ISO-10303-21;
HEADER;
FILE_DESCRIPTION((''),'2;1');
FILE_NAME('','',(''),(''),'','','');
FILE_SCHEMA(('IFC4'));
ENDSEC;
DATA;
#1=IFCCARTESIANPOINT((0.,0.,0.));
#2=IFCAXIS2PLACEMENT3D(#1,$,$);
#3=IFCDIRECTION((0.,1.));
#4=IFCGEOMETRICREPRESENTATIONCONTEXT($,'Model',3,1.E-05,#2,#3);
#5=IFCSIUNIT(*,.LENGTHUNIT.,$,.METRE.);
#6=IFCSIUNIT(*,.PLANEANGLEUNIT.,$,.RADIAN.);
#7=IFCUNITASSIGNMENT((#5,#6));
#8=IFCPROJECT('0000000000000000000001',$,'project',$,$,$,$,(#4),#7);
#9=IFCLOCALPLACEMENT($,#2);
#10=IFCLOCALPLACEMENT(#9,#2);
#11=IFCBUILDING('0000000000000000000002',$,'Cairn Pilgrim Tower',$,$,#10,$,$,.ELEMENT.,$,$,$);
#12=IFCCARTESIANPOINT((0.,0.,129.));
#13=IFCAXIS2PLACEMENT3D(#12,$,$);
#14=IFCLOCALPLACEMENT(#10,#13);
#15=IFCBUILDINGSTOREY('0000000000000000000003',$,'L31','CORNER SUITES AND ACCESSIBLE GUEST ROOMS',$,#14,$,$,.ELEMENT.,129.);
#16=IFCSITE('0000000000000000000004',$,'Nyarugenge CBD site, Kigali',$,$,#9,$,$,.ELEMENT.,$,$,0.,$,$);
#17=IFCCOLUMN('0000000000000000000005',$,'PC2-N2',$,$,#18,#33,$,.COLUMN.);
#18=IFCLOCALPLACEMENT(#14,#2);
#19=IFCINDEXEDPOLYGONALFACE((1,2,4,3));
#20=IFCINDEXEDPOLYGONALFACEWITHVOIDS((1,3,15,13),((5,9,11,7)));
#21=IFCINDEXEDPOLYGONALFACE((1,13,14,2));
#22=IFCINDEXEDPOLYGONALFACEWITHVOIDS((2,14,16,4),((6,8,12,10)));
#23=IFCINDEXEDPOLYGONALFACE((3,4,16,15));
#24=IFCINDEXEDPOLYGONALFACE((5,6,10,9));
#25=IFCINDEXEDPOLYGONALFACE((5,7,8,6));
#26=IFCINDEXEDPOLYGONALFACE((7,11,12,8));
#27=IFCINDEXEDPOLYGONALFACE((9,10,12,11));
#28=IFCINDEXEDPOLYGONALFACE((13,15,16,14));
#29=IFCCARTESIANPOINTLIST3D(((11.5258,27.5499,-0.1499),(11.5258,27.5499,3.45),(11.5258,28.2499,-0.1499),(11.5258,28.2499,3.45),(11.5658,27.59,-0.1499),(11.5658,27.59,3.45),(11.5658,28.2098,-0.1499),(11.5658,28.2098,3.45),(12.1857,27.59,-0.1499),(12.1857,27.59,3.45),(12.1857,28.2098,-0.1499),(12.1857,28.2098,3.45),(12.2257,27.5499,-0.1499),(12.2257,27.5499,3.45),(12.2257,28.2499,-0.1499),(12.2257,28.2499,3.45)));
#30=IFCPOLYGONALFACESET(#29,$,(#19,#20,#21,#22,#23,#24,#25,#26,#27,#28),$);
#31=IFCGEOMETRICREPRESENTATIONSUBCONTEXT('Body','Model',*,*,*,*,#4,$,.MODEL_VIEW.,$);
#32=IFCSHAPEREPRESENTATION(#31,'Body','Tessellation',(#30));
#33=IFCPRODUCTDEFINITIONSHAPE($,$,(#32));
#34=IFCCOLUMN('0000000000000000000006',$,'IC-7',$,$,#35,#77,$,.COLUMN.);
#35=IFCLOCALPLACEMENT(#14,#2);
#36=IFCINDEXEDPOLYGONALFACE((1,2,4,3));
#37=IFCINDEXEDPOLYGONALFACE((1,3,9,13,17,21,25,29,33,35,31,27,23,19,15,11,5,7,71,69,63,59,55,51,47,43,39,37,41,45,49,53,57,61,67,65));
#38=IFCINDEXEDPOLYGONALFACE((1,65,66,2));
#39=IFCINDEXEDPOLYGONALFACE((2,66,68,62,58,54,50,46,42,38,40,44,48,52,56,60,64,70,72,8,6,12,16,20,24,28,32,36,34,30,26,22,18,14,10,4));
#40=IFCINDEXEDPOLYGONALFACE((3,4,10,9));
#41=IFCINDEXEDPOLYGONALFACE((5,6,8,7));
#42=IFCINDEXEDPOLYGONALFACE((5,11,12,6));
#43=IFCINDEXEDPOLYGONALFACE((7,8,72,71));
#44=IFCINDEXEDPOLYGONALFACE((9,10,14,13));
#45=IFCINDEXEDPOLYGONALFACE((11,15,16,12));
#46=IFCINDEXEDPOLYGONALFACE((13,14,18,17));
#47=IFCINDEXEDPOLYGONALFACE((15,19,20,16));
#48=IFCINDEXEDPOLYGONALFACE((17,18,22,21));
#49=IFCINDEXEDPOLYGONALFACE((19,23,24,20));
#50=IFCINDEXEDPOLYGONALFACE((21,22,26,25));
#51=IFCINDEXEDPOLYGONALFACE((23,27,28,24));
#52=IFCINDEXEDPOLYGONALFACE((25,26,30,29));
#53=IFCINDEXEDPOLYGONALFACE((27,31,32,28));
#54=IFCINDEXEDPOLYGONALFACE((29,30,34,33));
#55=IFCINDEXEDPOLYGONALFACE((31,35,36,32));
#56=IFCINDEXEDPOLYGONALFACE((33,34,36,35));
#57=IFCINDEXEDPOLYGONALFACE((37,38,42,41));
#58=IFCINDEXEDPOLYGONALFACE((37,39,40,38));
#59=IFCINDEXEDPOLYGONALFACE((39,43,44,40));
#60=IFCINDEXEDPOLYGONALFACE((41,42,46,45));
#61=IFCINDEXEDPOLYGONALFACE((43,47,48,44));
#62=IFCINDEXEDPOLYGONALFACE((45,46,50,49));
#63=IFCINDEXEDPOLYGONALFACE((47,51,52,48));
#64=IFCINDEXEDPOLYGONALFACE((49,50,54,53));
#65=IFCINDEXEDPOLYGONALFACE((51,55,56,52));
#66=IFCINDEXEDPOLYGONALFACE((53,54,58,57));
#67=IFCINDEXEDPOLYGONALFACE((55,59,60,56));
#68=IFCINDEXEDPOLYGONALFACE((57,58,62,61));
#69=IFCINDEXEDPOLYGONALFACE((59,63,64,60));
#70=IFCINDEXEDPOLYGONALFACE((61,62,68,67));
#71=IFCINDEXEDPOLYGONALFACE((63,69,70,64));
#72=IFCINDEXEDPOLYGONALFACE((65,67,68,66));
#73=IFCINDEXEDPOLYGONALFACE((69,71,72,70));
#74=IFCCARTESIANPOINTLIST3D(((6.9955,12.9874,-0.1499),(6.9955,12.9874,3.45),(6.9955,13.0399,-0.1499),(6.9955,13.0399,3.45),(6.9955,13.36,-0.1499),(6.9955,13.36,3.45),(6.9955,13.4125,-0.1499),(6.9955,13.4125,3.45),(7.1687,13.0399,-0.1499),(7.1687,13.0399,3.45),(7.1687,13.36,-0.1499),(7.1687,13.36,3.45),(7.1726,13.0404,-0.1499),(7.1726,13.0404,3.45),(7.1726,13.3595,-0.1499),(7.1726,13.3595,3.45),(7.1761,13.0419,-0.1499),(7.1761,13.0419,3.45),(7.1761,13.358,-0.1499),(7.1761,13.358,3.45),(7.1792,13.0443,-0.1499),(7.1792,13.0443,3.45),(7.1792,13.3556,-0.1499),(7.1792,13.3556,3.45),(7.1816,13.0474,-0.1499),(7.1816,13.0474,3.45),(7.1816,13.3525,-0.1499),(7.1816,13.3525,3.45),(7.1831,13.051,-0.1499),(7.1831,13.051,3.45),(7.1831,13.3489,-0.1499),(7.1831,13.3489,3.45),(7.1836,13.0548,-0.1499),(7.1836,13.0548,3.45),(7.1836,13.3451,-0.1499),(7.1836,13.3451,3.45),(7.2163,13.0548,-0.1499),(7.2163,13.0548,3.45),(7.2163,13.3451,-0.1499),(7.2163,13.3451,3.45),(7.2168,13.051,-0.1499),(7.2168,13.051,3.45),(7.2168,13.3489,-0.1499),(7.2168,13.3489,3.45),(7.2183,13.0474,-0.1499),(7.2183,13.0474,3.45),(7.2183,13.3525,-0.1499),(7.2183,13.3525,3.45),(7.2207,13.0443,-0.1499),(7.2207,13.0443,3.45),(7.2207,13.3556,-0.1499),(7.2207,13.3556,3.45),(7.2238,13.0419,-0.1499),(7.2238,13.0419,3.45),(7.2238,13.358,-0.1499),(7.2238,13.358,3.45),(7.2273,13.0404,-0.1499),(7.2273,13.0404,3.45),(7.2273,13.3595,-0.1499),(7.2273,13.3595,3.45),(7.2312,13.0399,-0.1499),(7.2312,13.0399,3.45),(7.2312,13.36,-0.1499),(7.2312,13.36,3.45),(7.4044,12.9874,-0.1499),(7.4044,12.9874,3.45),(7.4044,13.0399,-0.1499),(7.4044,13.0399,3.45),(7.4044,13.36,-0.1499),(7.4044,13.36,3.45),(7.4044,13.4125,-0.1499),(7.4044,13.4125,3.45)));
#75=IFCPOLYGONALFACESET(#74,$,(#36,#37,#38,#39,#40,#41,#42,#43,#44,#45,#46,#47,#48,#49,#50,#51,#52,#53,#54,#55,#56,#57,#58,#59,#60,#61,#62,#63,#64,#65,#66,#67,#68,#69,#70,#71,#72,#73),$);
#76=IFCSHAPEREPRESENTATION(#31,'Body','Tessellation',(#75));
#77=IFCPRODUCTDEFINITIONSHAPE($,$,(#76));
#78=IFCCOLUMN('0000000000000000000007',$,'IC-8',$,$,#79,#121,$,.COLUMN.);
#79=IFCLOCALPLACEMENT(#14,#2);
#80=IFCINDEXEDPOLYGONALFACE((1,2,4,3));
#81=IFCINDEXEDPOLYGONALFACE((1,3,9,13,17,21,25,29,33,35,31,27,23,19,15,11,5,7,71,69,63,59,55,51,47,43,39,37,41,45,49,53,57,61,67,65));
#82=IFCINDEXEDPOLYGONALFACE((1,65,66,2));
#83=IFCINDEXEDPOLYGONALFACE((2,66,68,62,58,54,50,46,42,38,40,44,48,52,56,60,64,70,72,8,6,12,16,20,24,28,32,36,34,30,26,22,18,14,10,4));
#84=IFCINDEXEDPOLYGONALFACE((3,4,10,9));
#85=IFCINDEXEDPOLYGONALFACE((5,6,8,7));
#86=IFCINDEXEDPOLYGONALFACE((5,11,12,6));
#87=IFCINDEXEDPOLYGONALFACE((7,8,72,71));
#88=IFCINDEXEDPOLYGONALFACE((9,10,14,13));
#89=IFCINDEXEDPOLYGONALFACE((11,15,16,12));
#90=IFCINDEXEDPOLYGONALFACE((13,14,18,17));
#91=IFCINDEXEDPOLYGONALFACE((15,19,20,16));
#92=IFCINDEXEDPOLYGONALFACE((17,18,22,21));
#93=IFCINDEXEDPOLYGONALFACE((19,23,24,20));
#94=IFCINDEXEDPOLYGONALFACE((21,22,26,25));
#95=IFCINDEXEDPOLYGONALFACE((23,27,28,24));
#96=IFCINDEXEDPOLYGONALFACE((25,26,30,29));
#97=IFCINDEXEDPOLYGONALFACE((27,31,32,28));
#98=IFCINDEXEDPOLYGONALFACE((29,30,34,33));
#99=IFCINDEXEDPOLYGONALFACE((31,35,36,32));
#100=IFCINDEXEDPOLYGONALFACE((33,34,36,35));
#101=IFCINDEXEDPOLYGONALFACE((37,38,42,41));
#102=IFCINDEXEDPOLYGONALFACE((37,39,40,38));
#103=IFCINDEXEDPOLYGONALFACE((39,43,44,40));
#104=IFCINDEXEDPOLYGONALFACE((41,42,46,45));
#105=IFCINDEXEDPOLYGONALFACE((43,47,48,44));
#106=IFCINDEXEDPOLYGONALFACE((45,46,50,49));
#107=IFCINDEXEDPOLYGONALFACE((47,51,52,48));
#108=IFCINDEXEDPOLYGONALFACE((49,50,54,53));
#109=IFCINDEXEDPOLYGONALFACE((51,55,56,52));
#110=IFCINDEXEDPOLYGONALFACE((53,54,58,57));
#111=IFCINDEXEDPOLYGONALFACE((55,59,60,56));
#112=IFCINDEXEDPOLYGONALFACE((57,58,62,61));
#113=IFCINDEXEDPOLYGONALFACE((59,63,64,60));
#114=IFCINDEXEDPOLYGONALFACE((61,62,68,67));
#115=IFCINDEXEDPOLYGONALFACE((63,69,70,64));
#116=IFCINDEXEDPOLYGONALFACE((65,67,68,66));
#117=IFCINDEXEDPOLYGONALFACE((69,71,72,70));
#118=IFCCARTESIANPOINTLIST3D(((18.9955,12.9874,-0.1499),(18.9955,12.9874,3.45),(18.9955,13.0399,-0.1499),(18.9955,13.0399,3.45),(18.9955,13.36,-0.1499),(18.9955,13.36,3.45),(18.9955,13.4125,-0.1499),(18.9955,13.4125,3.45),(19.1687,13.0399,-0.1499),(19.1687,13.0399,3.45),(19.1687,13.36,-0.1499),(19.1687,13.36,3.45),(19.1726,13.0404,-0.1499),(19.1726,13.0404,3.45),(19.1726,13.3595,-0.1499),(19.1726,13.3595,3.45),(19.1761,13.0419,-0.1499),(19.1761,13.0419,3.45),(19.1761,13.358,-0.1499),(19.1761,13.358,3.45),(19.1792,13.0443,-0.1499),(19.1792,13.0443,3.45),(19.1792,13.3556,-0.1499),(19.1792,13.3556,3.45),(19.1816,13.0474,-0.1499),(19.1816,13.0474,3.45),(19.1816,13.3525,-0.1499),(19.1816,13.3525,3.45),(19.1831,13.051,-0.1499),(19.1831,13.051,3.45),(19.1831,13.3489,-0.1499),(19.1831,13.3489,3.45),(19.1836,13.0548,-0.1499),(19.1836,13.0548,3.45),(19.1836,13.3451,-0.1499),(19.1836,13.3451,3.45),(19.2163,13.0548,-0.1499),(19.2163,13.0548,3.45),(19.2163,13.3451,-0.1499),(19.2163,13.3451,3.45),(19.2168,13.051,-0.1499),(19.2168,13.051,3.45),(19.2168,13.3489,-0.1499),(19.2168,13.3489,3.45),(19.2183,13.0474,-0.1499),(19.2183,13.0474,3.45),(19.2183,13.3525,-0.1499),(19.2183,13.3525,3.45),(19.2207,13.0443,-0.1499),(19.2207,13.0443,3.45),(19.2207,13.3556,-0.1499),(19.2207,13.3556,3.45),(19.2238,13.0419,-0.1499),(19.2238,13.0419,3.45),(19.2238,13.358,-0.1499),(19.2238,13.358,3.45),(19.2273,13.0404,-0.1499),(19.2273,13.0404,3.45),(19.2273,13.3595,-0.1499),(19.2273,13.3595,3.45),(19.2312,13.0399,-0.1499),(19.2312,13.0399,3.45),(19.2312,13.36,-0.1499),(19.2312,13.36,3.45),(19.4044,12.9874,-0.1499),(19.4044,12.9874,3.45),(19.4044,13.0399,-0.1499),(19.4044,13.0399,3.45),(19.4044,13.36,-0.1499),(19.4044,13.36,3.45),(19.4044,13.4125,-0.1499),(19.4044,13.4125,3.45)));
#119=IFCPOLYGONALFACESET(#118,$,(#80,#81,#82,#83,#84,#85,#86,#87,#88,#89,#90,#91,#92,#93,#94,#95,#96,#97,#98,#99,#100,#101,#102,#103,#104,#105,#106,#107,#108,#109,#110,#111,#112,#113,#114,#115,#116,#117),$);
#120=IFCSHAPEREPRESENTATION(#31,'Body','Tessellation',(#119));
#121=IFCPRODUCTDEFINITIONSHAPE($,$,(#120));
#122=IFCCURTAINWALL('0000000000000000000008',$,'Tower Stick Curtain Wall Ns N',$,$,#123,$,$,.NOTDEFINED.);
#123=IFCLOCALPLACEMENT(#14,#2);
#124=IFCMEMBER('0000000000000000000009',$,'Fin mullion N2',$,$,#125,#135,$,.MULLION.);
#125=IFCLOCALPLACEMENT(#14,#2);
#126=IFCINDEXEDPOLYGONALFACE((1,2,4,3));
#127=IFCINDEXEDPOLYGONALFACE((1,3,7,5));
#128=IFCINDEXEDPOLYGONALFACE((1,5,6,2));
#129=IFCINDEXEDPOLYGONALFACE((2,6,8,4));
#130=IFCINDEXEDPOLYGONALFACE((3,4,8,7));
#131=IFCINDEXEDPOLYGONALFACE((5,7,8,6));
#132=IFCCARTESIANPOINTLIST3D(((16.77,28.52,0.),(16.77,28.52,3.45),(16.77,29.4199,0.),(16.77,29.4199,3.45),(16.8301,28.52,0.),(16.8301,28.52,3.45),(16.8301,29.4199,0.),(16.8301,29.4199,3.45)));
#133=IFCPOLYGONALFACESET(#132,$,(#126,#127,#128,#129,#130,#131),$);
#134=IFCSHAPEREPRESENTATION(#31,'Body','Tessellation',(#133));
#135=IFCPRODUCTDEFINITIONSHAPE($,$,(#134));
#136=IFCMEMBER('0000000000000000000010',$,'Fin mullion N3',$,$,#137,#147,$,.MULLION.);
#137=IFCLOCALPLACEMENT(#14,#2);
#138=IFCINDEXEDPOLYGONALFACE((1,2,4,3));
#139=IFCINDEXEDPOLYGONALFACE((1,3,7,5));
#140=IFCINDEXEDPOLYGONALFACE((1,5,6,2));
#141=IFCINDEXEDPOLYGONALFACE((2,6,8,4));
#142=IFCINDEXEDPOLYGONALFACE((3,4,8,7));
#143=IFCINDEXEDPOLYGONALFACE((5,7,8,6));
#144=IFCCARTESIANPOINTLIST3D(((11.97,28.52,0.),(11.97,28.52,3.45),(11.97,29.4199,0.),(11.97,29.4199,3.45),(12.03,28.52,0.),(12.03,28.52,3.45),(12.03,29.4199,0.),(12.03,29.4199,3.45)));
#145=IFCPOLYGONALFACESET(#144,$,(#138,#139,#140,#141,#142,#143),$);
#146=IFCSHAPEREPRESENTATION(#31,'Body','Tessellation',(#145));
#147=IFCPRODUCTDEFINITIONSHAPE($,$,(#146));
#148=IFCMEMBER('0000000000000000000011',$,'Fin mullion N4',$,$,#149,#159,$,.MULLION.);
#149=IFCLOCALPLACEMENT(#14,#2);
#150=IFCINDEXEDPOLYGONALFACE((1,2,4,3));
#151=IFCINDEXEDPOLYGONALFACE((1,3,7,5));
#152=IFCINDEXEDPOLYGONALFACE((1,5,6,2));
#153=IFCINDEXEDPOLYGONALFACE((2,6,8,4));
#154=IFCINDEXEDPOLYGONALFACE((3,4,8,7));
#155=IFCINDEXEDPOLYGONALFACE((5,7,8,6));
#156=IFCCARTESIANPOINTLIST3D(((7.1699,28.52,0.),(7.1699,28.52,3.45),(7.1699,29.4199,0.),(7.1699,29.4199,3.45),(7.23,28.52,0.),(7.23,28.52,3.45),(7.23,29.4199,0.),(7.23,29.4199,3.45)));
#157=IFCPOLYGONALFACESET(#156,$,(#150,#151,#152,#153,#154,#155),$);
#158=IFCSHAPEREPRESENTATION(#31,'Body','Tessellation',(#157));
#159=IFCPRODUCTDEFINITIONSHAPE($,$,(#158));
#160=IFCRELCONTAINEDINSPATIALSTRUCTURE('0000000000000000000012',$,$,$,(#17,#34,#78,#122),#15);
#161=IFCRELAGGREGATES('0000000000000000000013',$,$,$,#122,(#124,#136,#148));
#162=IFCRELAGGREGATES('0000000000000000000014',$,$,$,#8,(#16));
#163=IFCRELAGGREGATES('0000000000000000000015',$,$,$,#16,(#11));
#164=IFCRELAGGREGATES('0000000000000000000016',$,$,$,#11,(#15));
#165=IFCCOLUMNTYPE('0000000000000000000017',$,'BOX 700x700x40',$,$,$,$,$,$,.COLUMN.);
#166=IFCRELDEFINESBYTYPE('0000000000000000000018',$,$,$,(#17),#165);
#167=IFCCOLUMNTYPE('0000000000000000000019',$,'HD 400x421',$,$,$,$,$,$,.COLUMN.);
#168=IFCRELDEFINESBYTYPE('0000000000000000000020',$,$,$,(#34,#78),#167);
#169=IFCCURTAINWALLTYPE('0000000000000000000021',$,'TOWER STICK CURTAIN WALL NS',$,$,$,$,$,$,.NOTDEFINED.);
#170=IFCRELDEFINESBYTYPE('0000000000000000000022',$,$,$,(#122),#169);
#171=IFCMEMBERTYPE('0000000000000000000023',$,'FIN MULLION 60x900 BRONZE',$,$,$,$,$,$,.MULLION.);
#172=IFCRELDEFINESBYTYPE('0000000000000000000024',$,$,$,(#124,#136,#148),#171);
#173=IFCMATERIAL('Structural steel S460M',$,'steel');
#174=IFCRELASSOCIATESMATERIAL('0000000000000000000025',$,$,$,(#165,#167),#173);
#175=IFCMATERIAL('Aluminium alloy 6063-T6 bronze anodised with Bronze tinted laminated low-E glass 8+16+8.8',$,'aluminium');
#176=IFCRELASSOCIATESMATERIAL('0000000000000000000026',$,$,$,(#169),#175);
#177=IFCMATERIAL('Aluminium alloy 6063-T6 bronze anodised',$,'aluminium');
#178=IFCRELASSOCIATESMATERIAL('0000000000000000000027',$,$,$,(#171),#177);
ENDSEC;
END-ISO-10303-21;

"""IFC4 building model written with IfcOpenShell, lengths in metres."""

from ifc_helpers import new_model, si_unit, direction, frame, origin, origin_2d, place, context, subcontext, project, spatial, rectangle, hollow_rectangle, i_section, extrude, material, material_profile, profile_set, type_object, element, aggregate, save


model = new_model("IFC4")

# Units and contexts
model_context = context("Model", 3, precision=1e-05, world=origin(), true_north=direction((0.0, 1.0)))
body_context = subcontext(model_context, "Body", "Model", "MODEL_VIEW")
ifc_project = project(units=[si_unit("LENGTHUNIT", "METRE"), si_unit("PLANEANGLEUNIT", "RADIAN")], contexts=[model_context])

# Site, building, storey
site_placement = place(None, origin())
site = spatial("IfcSite", under=ifc_project, at=site_placement, Name="Nyarugenge CBD site, Kigali", CompositionType="ELEMENT", RefElevation=0.0)
building_placement = place(site_placement, origin())
building = spatial("IfcBuilding", under=site, at=building_placement, Name="Cairn Pilgrim Tower", CompositionType="ELEMENT")
storey_placement = place(building_placement, frame((0.0, 0.0, 129.0)))
storey = spatial("IfcBuildingStorey", under=building, at=storey_placement, Name="L31", Description="CORNER SUITES AND ACCESSIBLE GUEST ROOMS", CompositionType="ELEMENT", Elevation=129.0)

# Columns
ifc_material_1 = material(Name="Structural steel S460M", Category="steel")
ifc_material_profile_1 = material_profile(ifc_material_1, hollow_rectangle(XDim=0.7, YDim=0.7, WallThickness=0.04, at=origin_2d()), Name="BOX 700x700x40")
ifc_profile_set_1 = profile_set([ifc_material_profile_1], Name="Structural steel S460M")
column_type_1 = type_object("IfcColumnType", Name="BOX 700x700x40", PredefinedType="COLUMN", material=ifc_profile_set_1)
column_placement = place(storey_placement, frame((11.8757, 27.8999, -0.1499), z_axis=(0.0, 0.0, 1.0), x_axis=(1.0, 0.0, 0.0)))
element("IfcColumn", 1, at=column_placement, inside=storey, type_object=column_type_1, Name="PC2-N2", PredefinedType="COLUMN", context=body_context, shape_type="SweptSolid", body=[
    extrude(hollow_rectangle(XDim=0.7, YDim=0.7, WallThickness=0.04, at=origin_2d()), origin(), (0.0, 0.0, 1.0), 3.5999),
])
ifc_material_profile_2 = material_profile(ifc_material_1, i_section(OverallWidth=0.4089, OverallDepth=0.425, WebThickness=0.0327, FlangeThickness=0.0525, FilletRadius=0.0149, at=origin_2d()), Name="HD 400x421")
ifc_profile_set_2 = profile_set([ifc_material_profile_2], Name="Structural steel S460M")
column_type_2 = type_object("IfcColumnType", Name="HD 400x421", PredefinedType="COLUMN", material=ifc_profile_set_2)
for number, where, z_axis, x_axis, name in (
    (2, (7.2, 13.2, -0.1499), (0.0, 0.0, 1.0), (1.0, 0.0, 0.0), "IC-7"),
    (3, (19.2, 13.2, -0.1499), (0.0, 0.0, 1.0), (1.0, 0.0, 0.0), "IC-8"),
):
    element("IfcColumn", number, at=place(storey_placement, frame(where, z_axis=z_axis, x_axis=x_axis)), inside=storey, type_object=column_type_2, Name=name, PredefinedType="COLUMN", context=body_context, shape_type="SweptSolid", body=[
        extrude(i_section(OverallWidth=0.4089, OverallDepth=0.425, WebThickness=0.0327, FlangeThickness=0.0525, FilletRadius=0.0149, at=origin_2d()), origin(), (0.0, 0.0, 1.0), 3.5999),
    ])

# Curtain wall, members
ifc_material_2 = material(Name="Aluminium alloy 6063-T6 bronze anodised with Bronze tinted laminated low-E glass 8+16+8.8", Category="aluminium")
curtain_wall_type = type_object("IfcCurtainWallType", Name="TOWER STICK CURTAIN WALL NS", PredefinedType="NOTDEFINED", material=ifc_material_2)
curtain_wall_placement = place(storey_placement, origin())
curtain_wall = element("IfcCurtainWall", 4, at=curtain_wall_placement, inside=storey, type_object=curtain_wall_type, Name="Tower Stick Curtain Wall Ns N", PredefinedType="NOTDEFINED")
ifc_material_3 = material(Name="Aluminium alloy 6063-T6 bronze anodised", Category="aluminium")
ifc_material_profile_3 = material_profile(ifc_material_3, rectangle(XDim=0.8999, YDim=0.0601, at=origin_2d()), Name="FIN MULLION 60x900 BRONZE")
ifc_profile_set_3 = profile_set([ifc_material_profile_3], Name="Aluminium alloy 6063-T6 bronze anodised")
member_type_1 = type_object("IfcMemberType", Name="FIN MULLION 60x900 BRONZE", PredefinedType="MULLION", material=ifc_profile_set_3)
member_1_placement = place(storey_placement, frame((16.8, 28.97, 0.0), z_axis=(0.0, 0.0, 1.0), x_axis=(0.0, 1.0, 0.0)))
member_1 = element("IfcMember", 5, at=member_1_placement, type_object=member_type_1, Name="Fin mullion N2", PredefinedType="MULLION", context=body_context, shape_type="SweptSolid", body=[
    extrude(rectangle(XDim=0.8999, YDim=0.0601, at=origin_2d()), origin(), (0.0, 0.0, 1.0), 3.45),
])
member_2_placement = place(storey_placement, frame((12.0, 28.97, 0.0), z_axis=(0.0, 0.0, 1.0), x_axis=(0.0, 1.0, 0.0)))
member_2 = element("IfcMember", 6, at=member_2_placement, type_object=member_type_1, Name="Fin mullion N3", PredefinedType="MULLION", context=body_context, shape_type="SweptSolid", body=[
    extrude(rectangle(XDim=0.8999, YDim=0.0601, at=origin_2d()), origin(), (0.0, 0.0, 1.0), 3.45),
])
member_3_placement = place(storey_placement, frame((7.2, 28.97, 0.0), z_axis=(0.0, 0.0, 1.0), x_axis=(0.0, 1.0, 0.0)))
member_3 = element("IfcMember", 7, at=member_3_placement, type_object=member_type_1, Name="Fin mullion N4", PredefinedType="MULLION", context=body_context, shape_type="SweptSolid", body=[
    extrude(rectangle(XDim=0.8999, YDim=0.0601, at=origin_2d()), origin(), (0.0, 0.0, 1.0), 3.45),
])

aggregate(curtain_wall, [member_1, member_2, member_3])

save(model, "model.ifc")
